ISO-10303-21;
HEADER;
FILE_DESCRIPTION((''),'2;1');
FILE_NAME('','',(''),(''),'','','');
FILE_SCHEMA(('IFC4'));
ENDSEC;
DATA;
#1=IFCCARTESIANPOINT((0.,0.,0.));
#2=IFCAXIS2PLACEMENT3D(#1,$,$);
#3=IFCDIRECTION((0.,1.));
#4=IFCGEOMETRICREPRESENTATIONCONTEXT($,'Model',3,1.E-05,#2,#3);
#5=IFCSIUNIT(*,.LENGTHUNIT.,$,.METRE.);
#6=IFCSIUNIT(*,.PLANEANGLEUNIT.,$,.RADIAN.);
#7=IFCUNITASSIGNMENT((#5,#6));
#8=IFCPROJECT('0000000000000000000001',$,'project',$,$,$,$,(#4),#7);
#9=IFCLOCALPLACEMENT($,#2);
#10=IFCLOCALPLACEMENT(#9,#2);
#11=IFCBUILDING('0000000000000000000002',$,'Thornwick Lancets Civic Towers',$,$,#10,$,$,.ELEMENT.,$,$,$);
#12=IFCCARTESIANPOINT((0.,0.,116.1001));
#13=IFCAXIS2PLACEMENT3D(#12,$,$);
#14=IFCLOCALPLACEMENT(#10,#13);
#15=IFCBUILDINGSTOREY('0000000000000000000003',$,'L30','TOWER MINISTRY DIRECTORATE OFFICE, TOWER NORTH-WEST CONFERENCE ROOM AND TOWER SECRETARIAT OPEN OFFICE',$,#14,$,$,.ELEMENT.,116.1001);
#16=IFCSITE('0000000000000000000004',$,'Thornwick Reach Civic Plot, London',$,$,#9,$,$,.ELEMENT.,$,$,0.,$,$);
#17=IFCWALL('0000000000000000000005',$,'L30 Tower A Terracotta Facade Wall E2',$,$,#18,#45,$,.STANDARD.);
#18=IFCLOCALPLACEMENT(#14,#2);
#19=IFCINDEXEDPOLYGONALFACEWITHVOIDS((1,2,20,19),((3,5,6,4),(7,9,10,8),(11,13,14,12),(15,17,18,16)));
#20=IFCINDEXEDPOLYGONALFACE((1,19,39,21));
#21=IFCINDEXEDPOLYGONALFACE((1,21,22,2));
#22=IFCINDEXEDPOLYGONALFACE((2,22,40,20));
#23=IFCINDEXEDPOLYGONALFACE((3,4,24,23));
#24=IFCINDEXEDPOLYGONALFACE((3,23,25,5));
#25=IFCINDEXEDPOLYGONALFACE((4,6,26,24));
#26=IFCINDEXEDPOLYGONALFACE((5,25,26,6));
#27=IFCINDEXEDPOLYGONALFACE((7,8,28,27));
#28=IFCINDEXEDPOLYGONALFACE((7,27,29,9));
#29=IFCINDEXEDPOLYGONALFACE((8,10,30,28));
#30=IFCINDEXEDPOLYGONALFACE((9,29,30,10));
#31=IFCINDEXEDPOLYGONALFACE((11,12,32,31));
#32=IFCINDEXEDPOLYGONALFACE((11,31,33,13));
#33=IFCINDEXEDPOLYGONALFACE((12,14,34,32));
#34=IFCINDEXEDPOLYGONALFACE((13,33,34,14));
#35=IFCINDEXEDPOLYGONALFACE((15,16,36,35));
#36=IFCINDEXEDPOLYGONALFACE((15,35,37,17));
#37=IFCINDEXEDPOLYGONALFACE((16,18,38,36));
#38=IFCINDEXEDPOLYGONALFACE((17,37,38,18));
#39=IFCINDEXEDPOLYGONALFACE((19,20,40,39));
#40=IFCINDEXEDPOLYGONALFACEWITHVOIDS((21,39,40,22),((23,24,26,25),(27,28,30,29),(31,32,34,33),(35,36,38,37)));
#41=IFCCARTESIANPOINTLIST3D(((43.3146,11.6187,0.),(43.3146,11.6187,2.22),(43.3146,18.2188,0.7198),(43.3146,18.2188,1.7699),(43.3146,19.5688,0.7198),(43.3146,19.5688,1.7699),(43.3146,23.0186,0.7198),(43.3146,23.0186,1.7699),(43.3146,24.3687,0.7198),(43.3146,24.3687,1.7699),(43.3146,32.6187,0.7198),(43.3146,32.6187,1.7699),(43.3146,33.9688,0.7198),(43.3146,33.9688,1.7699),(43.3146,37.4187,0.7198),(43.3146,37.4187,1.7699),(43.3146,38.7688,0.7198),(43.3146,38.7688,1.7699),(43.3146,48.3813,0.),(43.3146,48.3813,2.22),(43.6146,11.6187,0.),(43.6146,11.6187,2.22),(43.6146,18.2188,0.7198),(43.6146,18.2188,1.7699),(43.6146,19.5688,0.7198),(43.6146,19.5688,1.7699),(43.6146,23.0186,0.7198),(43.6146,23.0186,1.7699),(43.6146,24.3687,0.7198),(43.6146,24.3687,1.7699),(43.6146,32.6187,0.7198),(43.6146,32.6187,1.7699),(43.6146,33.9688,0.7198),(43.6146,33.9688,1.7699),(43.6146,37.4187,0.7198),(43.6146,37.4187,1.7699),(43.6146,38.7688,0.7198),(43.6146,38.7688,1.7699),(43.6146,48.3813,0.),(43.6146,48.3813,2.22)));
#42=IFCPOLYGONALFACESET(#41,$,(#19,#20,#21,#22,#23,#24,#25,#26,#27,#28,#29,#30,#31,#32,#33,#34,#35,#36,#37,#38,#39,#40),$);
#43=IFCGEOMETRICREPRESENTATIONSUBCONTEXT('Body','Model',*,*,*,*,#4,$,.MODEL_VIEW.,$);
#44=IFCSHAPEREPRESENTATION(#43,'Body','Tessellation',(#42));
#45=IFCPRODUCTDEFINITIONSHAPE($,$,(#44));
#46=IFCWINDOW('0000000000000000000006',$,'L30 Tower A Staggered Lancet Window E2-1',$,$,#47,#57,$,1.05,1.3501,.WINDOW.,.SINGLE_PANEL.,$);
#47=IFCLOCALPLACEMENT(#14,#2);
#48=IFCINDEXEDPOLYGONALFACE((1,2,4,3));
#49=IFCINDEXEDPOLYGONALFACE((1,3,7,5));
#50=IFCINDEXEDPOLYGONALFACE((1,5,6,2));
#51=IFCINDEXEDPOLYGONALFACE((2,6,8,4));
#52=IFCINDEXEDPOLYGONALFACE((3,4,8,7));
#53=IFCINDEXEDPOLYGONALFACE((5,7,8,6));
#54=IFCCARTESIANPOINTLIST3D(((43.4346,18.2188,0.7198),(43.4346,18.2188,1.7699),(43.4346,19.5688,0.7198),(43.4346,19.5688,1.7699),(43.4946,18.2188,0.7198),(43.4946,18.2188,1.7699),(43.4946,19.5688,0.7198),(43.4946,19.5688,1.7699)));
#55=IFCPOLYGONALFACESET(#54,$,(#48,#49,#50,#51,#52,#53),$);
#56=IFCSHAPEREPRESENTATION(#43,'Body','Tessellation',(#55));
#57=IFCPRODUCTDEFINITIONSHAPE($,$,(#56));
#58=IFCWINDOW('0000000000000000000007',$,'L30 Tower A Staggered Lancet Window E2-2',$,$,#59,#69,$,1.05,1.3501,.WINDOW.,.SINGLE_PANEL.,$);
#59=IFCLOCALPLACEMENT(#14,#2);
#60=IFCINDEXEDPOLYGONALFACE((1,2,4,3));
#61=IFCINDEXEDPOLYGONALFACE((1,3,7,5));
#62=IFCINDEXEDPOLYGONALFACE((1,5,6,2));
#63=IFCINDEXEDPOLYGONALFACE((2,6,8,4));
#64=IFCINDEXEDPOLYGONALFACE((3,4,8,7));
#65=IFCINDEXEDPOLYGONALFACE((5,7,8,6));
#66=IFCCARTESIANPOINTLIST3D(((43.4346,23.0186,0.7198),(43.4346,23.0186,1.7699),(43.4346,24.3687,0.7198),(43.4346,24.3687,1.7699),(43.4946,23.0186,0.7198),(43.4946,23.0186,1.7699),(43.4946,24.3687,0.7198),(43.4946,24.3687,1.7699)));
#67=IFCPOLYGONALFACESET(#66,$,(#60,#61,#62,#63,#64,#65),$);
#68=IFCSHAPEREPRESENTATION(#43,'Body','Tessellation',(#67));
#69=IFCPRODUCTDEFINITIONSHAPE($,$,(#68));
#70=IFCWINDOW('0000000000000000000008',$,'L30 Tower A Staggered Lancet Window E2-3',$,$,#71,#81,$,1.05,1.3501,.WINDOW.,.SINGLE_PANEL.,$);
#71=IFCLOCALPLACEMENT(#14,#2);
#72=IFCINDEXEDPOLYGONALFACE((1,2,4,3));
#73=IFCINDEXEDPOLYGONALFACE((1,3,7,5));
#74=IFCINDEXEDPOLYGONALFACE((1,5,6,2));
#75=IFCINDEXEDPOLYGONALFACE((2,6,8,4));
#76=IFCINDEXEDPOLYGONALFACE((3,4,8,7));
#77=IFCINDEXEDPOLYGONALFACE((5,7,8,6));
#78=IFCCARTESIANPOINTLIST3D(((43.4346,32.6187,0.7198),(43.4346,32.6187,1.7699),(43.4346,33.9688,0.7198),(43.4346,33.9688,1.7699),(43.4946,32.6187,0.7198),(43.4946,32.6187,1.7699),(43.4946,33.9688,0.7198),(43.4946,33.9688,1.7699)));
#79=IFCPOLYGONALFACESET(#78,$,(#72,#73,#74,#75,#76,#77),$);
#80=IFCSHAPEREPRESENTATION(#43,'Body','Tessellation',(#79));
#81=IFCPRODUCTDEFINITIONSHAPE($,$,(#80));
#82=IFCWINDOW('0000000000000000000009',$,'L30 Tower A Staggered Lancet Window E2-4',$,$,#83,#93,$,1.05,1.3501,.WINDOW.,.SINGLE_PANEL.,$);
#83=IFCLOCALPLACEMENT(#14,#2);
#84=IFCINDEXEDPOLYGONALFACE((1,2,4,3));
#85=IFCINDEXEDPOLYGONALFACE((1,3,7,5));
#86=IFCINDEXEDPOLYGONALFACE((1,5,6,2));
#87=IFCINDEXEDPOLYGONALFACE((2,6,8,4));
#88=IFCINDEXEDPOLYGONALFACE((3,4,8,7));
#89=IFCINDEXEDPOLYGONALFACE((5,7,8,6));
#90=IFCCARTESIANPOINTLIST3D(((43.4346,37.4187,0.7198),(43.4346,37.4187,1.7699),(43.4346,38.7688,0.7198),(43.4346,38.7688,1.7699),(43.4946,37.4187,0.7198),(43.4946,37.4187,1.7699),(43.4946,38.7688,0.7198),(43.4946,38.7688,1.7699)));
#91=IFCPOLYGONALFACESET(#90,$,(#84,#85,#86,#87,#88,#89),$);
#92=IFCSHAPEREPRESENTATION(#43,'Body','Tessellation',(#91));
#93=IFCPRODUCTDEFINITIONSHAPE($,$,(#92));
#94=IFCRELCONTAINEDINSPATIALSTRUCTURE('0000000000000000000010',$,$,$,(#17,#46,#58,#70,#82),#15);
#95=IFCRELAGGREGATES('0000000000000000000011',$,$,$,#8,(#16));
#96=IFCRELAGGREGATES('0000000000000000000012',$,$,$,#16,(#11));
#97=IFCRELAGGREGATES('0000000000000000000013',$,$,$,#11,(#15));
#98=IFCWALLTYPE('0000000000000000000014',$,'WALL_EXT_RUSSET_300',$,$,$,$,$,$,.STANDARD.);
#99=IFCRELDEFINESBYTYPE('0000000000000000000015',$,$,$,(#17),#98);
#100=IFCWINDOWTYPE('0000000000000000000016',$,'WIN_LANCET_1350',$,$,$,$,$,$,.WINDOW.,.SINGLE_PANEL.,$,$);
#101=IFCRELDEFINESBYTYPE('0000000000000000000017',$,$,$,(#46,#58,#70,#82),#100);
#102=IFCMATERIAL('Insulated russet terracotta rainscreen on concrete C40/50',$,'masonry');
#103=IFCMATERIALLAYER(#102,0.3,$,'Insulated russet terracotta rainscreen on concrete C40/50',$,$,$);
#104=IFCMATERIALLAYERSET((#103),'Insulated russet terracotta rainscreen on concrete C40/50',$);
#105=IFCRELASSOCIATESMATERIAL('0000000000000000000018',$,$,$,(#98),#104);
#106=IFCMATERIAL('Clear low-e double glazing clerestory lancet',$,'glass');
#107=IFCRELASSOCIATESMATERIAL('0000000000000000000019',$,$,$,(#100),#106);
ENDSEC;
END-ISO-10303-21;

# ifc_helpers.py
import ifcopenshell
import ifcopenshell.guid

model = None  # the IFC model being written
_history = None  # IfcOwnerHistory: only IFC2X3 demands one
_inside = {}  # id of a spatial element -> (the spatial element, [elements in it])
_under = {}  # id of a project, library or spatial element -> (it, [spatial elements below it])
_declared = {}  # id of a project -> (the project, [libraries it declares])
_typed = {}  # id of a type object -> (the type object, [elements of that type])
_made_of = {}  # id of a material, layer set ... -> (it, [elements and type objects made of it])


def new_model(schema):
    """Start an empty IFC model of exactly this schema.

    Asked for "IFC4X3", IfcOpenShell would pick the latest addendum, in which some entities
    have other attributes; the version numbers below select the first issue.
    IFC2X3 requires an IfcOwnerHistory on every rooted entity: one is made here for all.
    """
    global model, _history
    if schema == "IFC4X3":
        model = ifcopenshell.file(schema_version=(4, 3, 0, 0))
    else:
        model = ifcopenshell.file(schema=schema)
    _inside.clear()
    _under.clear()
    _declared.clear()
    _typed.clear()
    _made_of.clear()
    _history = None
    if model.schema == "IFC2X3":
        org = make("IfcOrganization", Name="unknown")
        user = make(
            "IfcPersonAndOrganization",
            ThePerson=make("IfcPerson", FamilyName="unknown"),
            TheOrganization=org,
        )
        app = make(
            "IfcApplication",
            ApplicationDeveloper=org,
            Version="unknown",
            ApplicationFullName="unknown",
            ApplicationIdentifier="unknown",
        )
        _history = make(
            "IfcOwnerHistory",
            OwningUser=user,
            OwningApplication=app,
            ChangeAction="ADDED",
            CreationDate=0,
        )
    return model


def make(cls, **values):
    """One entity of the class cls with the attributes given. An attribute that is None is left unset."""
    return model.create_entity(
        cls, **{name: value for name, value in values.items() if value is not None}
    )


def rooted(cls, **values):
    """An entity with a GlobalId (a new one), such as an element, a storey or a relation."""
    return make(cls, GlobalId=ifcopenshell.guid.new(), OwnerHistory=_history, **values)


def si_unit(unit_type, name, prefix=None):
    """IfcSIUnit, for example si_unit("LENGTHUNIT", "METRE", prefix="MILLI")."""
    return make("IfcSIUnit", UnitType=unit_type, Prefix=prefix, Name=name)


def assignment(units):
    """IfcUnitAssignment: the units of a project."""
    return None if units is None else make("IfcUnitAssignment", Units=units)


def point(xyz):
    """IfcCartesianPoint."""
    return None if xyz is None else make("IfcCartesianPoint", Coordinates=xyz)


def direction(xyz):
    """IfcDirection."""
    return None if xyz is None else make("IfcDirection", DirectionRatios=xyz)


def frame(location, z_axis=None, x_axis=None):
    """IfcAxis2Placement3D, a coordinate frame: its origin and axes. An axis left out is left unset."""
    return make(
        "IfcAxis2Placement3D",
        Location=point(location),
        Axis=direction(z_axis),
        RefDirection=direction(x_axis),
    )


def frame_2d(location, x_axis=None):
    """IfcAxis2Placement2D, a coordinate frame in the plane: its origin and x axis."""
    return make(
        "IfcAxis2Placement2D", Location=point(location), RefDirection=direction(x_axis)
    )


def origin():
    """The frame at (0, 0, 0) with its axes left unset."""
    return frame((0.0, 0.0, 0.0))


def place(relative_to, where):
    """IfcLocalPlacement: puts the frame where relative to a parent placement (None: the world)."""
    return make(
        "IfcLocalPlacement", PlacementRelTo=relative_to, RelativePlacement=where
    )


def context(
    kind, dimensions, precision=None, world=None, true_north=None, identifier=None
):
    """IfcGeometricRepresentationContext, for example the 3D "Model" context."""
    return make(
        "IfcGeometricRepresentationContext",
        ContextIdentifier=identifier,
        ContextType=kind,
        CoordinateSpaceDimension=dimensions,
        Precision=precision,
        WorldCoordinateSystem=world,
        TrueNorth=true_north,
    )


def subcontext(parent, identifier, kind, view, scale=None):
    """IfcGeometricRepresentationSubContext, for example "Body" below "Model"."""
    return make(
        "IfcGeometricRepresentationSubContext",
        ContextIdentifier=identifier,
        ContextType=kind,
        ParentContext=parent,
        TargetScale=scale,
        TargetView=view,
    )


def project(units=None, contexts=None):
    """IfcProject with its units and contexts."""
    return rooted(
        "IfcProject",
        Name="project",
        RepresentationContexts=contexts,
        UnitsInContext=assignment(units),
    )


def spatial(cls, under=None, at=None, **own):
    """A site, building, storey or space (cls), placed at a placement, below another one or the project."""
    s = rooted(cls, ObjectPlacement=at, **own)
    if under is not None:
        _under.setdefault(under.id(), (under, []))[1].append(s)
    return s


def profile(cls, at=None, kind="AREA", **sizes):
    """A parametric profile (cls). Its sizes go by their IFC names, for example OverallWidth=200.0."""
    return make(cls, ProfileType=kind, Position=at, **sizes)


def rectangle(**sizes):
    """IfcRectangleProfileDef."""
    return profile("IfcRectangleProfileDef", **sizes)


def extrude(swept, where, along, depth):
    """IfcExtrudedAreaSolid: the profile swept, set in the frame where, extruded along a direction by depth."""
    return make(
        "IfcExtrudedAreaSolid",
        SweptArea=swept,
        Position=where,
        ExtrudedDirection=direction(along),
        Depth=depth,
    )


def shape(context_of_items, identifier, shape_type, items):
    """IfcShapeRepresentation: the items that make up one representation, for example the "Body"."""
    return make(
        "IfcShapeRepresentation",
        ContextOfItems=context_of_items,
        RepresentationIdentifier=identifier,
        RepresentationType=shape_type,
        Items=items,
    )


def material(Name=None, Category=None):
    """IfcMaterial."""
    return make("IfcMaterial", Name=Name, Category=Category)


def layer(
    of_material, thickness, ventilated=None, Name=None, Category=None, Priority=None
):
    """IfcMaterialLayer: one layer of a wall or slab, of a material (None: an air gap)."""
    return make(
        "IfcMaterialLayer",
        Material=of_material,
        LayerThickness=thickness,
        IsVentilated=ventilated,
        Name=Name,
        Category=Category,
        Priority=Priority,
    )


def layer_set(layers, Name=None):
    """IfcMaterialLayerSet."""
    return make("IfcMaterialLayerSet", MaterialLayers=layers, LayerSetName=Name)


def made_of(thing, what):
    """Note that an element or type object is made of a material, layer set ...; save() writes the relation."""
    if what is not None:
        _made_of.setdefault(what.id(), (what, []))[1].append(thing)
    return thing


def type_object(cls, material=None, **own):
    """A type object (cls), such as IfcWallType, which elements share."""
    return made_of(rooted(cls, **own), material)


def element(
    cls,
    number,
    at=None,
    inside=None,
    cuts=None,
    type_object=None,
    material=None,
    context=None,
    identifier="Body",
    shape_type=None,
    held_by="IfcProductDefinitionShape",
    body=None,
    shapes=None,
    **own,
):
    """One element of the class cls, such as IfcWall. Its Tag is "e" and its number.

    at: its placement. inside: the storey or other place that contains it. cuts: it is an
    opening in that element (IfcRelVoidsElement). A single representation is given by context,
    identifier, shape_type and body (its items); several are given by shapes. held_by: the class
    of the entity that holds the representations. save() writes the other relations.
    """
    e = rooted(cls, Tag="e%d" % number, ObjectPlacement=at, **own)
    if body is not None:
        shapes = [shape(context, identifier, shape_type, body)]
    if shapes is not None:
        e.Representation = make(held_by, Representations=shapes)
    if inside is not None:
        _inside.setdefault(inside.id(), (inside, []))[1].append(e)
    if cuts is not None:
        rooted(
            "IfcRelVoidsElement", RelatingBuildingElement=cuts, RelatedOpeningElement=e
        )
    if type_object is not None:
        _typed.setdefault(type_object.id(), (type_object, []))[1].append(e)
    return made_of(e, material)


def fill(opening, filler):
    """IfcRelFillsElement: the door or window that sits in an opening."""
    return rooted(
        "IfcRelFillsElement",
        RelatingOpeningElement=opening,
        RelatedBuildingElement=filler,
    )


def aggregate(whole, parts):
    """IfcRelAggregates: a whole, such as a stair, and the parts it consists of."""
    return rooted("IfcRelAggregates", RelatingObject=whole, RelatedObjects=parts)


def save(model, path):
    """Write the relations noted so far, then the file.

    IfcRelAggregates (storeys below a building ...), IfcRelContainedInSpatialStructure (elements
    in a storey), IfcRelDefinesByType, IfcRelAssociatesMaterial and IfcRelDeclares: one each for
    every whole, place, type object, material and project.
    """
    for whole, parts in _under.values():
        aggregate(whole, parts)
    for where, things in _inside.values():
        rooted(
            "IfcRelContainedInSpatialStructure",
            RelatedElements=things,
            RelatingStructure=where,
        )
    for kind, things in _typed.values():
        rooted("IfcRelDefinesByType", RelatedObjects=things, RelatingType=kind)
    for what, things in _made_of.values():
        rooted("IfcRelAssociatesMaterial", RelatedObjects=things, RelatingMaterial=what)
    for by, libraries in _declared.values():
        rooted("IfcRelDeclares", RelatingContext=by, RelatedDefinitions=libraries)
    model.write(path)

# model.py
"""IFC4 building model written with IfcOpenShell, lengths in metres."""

from ifc_helpers import new_model, si_unit, direction, frame, frame_2d, origin, place, context, subcontext, project, spatial, rectangle, extrude, material, layer, layer_set, type_object, element, fill, save


model = new_model("IFC4")

# Units and contexts
model_context = context("Model", 3, precision=1e-05, world=origin(), true_north=direction((0.0, 1.0)))
body_context = subcontext(model_context, "Body", "Model", "MODEL_VIEW")
ifc_project = project(units=[si_unit("LENGTHUNIT", "METRE"), si_unit("PLANEANGLEUNIT", "RADIAN")], contexts=[model_context])

# Site, building, storey
site_placement = place(None, origin())
site = spatial("IfcSite", under=ifc_project, at=site_placement, Name="Thornwick Reach Civic Plot, London", CompositionType="ELEMENT", RefElevation=0.0)
building_placement = place(site_placement, origin())
building = spatial("IfcBuilding", under=site, at=building_placement, Name="Thornwick Lancets Civic Towers", CompositionType="ELEMENT")
storey_placement = place(building_placement, frame((0.0, 0.0, 116.1001)))
storey = spatial("IfcBuildingStorey", under=building, at=storey_placement, Name="L30", Description="TOWER MINISTRY DIRECTORATE OFFICE, TOWER NORTH-WEST CONFERENCE ROOM AND TOWER SECRETARIAT OPEN OFFICE", CompositionType="ELEMENT", Elevation=116.1001)

# Wall, openings, windows
ifc_material_1 = material(Name="Insulated russet terracotta rainscreen on concrete C40/50", Category="masonry")
ifc_layer_1 = layer(ifc_material_1, 0.3, Name="Insulated russet terracotta rainscreen on concrete C40/50")
ifc_layer_set_1 = layer_set([ifc_layer_1], Name="Insulated russet terracotta rainscreen on concrete C40/50")
wall_type_1 = type_object("IfcWallType", Name="WALL_EXT_RUSSET_300", PredefinedType="STANDARD", material=ifc_layer_set_1)
wall_1_placement = place(storey_placement, frame((43.4646, 11.6187, 0.0), z_axis=(0.0, 0.0, 1.0), x_axis=(0.0, 1.0, 0.0)))
wall_1 = element("IfcWall", 1, at=wall_1_placement, inside=storey, type_object=wall_type_1, Name="L30 Tower A Terracotta Facade Wall E2", PredefinedType="STANDARD", context=body_context, shape_type="SweptSolid", body=[
    extrude(rectangle(XDim=36.7627, YDim=0.3, at=frame_2d((18.3813, 0.0))), origin(), (0.0, 0.0, 1.0), 2.22),
])
opening_1_placement = place(wall_1_placement, frame((6.6001, 0.0, 0.72)))
opening_1 = element("IfcOpeningElement", 2, at=opening_1_placement, cuts=wall_1, PredefinedType="OPENING", context=body_context, shape_type="SweptSolid", body=[
    extrude(rectangle(XDim=1.3501, YDim=1.05, at=frame_2d((0.675, 0.5249))), frame((0.0, 0.1602, 0.0), z_axis=(0.0, -1.0, 0.0), x_axis=(1.0, 0.0, 0.0)), (0.0, 0.0, 1.0), 0.3201),
])
opening_2_placement = place(wall_1_placement, frame((11.3999, 0.0, 0.72)))
opening_2 = element("IfcOpeningElement", 3, at=opening_2_placement, cuts=wall_1, PredefinedType="OPENING", context=body_context, shape_type="SweptSolid", body=[
    extrude(rectangle(XDim=1.3501, YDim=1.05, at=frame_2d((0.675, 0.5249))), frame((0.0, 0.1602, 0.0), z_axis=(0.0, -1.0, 0.0), x_axis=(1.0, 0.0, 0.0)), (0.0, 0.0, 1.0), 0.3201),
])
opening_3_placement = place(wall_1_placement, frame((21.0, 0.0, 0.72)))
opening_3 = element("IfcOpeningElement", 4, at=opening_3_placement, cuts=wall_1, PredefinedType="OPENING", context=body_context, shape_type="SweptSolid", body=[
    extrude(rectangle(XDim=1.3501, YDim=1.05, at=frame_2d((0.675, 0.5249))), frame((0.0, 0.1602, 0.0), z_axis=(0.0, -1.0, 0.0), x_axis=(1.0, 0.0, 0.0)), (0.0, 0.0, 1.0), 0.3201),
])
opening_4_placement = place(wall_1_placement, frame((25.8, 0.0, 0.72)))
opening_4 = element("IfcOpeningElement", 5, at=opening_4_placement, cuts=wall_1, PredefinedType="OPENING", context=body_context, shape_type="SweptSolid", body=[
    extrude(rectangle(XDim=1.3501, YDim=1.05, at=frame_2d((0.675, 0.5249))), frame((0.0, 0.1602, 0.0), z_axis=(0.0, -1.0, 0.0), x_axis=(1.0, 0.0, 0.0)), (0.0, 0.0, 1.0), 0.3201),
])
ifc_material_2 = material(Name="Clear low-e double glazing clerestory lancet", Category="glass")
window_type = type_object("IfcWindowType", Name="WIN_LANCET_1350", PartitioningType="SINGLE_PANEL", PredefinedType="WINDOW", material=ifc_material_2)
window_1_placement = place(opening_1_placement, origin())
window_1 = element("IfcWindow", 6, at=window_1_placement, inside=storey, type_object=window_type, Name="L30 Tower A Staggered Lancet Window E2-1", OverallHeight=1.05, OverallWidth=1.3501, PartitioningType="SINGLE_PANEL", PredefinedType="WINDOW", context=body_context, shape_type="SweptSolid", body=[
    extrude(rectangle(XDim=1.3501, YDim=1.05, at=frame_2d((0.675, 0.5249))), frame((0.0, 0.03, 0.0), z_axis=(0.0, -1.0, 0.0), x_axis=(1.0, 0.0, 0.0)), (0.0, 0.0, 1.0), 0.0601),
])
fill(opening_1, window_1)
window_2_placement = place(opening_2_placement, origin())
window_2 = element("IfcWindow", 7, at=window_2_placement, inside=storey, type_object=window_type, Name="L30 Tower A Staggered Lancet Window E2-2", OverallHeight=1.05, OverallWidth=1.3501, PartitioningType="SINGLE_PANEL", PredefinedType="WINDOW", context=body_context, shape_type="SweptSolid", body=[
    extrude(rectangle(XDim=1.3501, YDim=1.05, at=frame_2d((0.675, 0.5249))), frame((0.0, 0.03, 0.0), z_axis=(0.0, -1.0, 0.0), x_axis=(1.0, 0.0, 0.0)), (0.0, 0.0, 1.0), 0.0601),
])
fill(opening_2, window_2)
window_3_placement = place(opening_3_placement, origin())
window_3 = element("IfcWindow", 8, at=window_3_placement, inside=storey, type_object=window_type, Name="L30 Tower A Staggered Lancet Window E2-3", OverallHeight=1.05, OverallWidth=1.3501, PartitioningType="SINGLE_PANEL", PredefinedType="WINDOW", context=body_context, shape_type="SweptSolid", body=[
    extrude(rectangle(XDim=1.3501, YDim=1.05, at=frame_2d((0.675, 0.5249))), frame((0.0, 0.03, 0.0), z_axis=(0.0, -1.0, 0.0), x_axis=(1.0, 0.0, 0.0)), (0.0, 0.0, 1.0), 0.0601),
])
fill(opening_3, window_3)
window_4_placement = place(opening_4_placement, origin())
window_4 = element("IfcWindow", 9, at=window_4_placement, inside=storey, type_object=window_type, Name="L30 Tower A Staggered Lancet Window E2-4", OverallHeight=1.05, OverallWidth=1.3501, PartitioningType="SINGLE_PANEL", PredefinedType="WINDOW", context=body_context, shape_type="SweptSolid", body=[
    extrude(rectangle(XDim=1.3501, YDim=1.05, at=frame_2d((0.675, 0.5249))), frame((0.0, 0.03, 0.0), z_axis=(0.0, -1.0, 0.0), x_axis=(1.0, 0.0, 0.0)), (0.0, 0.0, 1.0), 0.0601),
])
fill(opening_4, window_4)

save(model, "model.ifc")
